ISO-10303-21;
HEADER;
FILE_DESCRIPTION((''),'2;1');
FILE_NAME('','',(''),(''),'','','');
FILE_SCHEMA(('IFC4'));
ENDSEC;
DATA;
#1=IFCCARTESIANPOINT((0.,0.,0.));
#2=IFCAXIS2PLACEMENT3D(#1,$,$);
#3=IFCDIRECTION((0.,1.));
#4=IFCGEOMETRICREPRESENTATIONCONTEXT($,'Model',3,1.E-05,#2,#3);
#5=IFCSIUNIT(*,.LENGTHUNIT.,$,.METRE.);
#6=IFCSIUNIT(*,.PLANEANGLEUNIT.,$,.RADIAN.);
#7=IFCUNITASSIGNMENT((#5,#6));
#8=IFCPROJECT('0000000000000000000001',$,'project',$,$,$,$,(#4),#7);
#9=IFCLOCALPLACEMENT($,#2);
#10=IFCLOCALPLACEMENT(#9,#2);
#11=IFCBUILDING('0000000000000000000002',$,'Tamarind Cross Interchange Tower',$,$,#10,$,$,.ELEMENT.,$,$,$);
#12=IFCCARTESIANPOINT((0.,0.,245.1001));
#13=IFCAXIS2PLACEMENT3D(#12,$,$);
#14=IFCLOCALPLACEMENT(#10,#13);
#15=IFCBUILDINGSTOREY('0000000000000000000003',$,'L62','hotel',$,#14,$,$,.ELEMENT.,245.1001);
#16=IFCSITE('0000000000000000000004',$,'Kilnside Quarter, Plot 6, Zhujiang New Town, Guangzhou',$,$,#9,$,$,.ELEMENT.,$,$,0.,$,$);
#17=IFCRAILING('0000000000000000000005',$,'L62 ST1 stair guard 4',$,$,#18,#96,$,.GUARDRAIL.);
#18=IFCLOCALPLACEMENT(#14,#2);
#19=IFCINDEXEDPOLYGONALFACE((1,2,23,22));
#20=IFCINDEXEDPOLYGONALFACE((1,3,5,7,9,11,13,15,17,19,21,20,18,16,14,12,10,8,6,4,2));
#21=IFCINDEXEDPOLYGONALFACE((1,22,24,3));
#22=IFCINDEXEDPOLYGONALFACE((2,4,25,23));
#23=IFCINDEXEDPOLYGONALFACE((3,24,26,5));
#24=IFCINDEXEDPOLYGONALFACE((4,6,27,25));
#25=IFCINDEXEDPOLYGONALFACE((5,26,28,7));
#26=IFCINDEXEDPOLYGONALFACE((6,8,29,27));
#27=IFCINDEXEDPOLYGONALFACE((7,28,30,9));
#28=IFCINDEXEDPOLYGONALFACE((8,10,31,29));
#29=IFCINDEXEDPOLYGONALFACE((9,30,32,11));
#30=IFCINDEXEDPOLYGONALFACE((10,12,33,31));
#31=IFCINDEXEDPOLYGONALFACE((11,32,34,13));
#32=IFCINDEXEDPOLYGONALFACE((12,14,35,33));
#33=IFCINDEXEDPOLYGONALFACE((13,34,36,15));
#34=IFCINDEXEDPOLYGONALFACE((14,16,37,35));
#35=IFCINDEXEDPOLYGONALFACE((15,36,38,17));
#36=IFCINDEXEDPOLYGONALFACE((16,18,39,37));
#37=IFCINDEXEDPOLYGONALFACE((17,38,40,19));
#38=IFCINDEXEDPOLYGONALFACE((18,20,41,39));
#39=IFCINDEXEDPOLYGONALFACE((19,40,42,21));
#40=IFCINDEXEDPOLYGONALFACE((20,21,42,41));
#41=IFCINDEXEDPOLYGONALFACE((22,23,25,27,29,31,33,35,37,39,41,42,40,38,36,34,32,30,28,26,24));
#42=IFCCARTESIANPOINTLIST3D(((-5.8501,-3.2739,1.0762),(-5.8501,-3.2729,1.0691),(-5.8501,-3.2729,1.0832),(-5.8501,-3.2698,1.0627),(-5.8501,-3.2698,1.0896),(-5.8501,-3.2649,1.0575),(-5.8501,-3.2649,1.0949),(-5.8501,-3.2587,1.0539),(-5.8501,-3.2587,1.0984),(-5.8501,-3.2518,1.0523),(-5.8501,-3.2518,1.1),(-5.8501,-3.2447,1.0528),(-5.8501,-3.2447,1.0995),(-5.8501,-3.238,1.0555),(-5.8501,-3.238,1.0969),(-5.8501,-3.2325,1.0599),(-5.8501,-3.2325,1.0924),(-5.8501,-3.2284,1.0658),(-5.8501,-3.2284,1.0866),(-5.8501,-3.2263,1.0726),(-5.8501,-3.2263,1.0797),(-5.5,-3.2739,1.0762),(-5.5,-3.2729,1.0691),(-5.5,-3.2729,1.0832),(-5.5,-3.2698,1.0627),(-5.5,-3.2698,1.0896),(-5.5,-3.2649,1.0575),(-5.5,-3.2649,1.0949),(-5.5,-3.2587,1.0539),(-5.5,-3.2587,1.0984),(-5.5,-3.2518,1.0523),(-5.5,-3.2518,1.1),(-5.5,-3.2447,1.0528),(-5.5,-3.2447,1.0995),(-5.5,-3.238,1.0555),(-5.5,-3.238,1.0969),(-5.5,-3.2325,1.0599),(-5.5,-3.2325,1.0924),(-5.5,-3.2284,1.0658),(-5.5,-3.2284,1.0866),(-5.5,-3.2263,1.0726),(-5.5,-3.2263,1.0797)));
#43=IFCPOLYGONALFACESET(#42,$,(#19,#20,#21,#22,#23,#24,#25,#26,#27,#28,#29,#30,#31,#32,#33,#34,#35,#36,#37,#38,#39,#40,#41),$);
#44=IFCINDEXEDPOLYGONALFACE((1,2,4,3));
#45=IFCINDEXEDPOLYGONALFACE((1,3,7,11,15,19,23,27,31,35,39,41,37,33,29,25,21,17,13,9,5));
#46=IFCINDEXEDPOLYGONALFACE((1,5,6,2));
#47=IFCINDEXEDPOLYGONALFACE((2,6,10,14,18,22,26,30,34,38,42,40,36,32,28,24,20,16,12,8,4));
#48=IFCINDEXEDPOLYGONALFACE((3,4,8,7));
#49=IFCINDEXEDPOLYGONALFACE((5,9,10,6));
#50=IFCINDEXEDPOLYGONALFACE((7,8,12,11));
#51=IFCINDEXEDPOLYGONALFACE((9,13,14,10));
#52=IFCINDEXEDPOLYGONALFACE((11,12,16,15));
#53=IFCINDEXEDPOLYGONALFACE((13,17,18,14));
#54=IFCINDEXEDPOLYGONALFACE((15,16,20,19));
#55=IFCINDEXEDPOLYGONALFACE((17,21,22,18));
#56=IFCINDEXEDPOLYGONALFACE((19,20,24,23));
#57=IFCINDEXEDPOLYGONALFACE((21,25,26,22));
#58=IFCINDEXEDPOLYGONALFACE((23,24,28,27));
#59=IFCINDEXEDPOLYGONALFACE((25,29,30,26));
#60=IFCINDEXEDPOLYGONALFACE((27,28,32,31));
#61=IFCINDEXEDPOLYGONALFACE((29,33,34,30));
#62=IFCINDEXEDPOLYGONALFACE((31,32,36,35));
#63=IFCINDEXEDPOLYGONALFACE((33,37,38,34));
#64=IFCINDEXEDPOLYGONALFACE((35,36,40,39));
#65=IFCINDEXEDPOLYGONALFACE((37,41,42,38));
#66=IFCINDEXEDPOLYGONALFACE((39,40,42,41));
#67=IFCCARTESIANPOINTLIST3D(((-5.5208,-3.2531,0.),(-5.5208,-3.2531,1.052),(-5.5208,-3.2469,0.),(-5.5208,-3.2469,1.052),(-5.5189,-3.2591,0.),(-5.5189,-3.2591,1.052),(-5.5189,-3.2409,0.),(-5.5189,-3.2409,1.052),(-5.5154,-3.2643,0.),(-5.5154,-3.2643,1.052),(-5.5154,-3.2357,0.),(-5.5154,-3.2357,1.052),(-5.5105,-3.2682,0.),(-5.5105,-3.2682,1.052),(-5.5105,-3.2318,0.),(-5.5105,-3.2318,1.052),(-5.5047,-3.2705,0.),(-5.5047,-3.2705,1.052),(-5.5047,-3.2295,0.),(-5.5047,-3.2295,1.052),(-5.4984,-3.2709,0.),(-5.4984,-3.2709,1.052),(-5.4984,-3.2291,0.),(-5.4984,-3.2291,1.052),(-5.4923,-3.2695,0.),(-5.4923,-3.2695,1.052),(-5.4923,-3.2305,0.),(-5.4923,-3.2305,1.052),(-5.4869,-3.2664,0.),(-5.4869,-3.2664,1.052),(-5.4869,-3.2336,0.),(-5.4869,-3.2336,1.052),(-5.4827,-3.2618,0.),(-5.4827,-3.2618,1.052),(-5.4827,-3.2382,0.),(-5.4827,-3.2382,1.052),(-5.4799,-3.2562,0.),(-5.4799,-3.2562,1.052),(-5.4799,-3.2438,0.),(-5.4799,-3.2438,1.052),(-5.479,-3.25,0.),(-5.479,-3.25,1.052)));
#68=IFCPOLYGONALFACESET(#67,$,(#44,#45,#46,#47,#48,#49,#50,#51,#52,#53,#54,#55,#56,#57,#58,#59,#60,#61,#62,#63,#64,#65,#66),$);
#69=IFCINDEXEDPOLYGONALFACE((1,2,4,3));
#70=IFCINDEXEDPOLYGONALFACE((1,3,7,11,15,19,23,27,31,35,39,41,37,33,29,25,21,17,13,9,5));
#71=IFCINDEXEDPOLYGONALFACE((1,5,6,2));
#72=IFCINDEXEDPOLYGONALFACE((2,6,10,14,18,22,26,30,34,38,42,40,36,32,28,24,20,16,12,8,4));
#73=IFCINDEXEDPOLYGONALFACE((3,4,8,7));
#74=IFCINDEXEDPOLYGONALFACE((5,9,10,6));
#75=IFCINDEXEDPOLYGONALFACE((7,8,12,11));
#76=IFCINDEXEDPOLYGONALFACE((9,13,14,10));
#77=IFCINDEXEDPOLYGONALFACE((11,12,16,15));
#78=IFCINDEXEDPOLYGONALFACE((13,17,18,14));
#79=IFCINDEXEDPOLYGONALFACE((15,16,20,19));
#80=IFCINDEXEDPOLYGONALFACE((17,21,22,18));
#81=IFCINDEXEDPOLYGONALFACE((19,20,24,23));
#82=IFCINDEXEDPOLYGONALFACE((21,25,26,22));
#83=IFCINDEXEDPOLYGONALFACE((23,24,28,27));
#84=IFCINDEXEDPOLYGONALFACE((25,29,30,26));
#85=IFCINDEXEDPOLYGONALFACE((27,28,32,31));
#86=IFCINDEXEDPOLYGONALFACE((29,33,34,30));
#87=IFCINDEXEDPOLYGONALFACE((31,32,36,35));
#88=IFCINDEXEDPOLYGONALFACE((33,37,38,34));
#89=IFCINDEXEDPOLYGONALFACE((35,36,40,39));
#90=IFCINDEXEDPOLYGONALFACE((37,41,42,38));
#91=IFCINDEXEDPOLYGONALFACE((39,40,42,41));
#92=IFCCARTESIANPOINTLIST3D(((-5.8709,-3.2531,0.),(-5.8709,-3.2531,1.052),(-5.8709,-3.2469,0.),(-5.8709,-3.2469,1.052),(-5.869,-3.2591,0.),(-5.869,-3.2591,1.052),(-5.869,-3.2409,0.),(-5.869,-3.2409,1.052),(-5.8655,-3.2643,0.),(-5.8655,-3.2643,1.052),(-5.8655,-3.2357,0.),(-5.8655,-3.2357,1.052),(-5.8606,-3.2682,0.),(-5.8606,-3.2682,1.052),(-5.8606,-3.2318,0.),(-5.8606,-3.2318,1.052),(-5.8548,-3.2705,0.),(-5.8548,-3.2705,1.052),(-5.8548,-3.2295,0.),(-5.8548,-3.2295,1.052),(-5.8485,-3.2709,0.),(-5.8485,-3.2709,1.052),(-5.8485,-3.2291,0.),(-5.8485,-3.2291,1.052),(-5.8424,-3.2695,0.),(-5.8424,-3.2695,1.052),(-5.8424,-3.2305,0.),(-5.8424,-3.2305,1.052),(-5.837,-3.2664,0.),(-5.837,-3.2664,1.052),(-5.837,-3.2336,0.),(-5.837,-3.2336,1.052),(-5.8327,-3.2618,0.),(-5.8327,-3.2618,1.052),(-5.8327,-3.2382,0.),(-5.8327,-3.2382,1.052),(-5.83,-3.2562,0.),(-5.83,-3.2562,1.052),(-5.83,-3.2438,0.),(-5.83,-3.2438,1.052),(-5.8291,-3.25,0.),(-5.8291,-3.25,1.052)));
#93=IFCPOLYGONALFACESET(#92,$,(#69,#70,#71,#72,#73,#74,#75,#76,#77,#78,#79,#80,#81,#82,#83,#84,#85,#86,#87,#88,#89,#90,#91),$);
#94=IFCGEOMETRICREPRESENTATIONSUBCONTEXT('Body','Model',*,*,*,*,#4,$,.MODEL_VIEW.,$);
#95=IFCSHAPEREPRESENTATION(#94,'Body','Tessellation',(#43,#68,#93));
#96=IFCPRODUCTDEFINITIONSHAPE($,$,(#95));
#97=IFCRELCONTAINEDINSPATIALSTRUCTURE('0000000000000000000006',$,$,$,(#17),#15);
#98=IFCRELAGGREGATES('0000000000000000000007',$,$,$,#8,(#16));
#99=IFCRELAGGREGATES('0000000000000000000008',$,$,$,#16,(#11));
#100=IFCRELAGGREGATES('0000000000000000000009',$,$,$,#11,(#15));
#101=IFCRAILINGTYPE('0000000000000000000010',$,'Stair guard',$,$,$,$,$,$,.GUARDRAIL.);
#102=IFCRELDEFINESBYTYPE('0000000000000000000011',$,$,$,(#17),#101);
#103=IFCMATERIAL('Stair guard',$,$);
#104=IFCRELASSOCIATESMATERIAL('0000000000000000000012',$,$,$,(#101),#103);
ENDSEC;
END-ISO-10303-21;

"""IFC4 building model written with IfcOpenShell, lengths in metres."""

from ifc_helpers import new_model, si_unit, direction, frame, origin, origin_2d, place, context, subcontext, project, spatial, circle, extrude, material, type_object, element, save


model = new_model("IFC4")

# Units and contexts
model_context = context("Model", 3, precision=1e-05, world=origin(), true_north=direction((0.0, 1.0)))
body_context = subcontext(model_context, "Body", "Model", "MODEL_VIEW")
ifc_project = project(units=[si_unit("LENGTHUNIT", "METRE"), si_unit("PLANEANGLEUNIT", "RADIAN")], contexts=[model_context])

# Site, building, storey
site_placement = place(None, origin())
site = spatial("IfcSite", under=ifc_project, at=site_placement, Name="Kilnside Quarter, Plot 6, Zhujiang New Town, Guangzhou", CompositionType="ELEMENT", RefElevation=0.0)
building_placement = place(site_placement, origin())
building = spatial("IfcBuilding", under=site, at=building_placement, Name="Tamarind Cross Interchange Tower", CompositionType="ELEMENT")
storey_placement = place(building_placement, frame((0.0, 0.0, 245.1001)))
storey = spatial("IfcBuildingStorey", under=building, at=storey_placement, Name="L62", Description="hotel", CompositionType="ELEMENT", Elevation=245.1001)

# Railing
ifc_material_1 = material(Name="Stair guard")
railing_type_1 = type_object("IfcRailingType", Name="Stair guard", PredefinedType="GUARDRAIL", material=ifc_material_1)
railing_1_placement = place(storey_placement, frame((-5.5, -3.25, 0.0)))
element("IfcRailing", 1, at=railing_1_placement, inside=storey, type_object=railing_type_1, Name="L62 ST1 stair guard 4", PredefinedType="GUARDRAIL", context=body_context, shape_type="SweptSolid", body=[
    extrude(circle(Radius=0.0239, at=origin_2d()), frame((0.0, 0.0, 1.0762), z_axis=(-1.0, 0.0, 0.0), x_axis=(0.0, -1.0, 0.0)), (0.0, 0.0, 1.0), 0.3501),
    extrude(circle(Radius=0.021, at=origin_2d()), origin(), (0.0, 0.0, 1.0), 1.052),
    extrude(circle(Radius=0.021, at=origin_2d()), frame((-0.3501, 0.0, 0.0)), (0.0, 0.0, 1.0), 1.052),
])

save(model, "model.ifc")
